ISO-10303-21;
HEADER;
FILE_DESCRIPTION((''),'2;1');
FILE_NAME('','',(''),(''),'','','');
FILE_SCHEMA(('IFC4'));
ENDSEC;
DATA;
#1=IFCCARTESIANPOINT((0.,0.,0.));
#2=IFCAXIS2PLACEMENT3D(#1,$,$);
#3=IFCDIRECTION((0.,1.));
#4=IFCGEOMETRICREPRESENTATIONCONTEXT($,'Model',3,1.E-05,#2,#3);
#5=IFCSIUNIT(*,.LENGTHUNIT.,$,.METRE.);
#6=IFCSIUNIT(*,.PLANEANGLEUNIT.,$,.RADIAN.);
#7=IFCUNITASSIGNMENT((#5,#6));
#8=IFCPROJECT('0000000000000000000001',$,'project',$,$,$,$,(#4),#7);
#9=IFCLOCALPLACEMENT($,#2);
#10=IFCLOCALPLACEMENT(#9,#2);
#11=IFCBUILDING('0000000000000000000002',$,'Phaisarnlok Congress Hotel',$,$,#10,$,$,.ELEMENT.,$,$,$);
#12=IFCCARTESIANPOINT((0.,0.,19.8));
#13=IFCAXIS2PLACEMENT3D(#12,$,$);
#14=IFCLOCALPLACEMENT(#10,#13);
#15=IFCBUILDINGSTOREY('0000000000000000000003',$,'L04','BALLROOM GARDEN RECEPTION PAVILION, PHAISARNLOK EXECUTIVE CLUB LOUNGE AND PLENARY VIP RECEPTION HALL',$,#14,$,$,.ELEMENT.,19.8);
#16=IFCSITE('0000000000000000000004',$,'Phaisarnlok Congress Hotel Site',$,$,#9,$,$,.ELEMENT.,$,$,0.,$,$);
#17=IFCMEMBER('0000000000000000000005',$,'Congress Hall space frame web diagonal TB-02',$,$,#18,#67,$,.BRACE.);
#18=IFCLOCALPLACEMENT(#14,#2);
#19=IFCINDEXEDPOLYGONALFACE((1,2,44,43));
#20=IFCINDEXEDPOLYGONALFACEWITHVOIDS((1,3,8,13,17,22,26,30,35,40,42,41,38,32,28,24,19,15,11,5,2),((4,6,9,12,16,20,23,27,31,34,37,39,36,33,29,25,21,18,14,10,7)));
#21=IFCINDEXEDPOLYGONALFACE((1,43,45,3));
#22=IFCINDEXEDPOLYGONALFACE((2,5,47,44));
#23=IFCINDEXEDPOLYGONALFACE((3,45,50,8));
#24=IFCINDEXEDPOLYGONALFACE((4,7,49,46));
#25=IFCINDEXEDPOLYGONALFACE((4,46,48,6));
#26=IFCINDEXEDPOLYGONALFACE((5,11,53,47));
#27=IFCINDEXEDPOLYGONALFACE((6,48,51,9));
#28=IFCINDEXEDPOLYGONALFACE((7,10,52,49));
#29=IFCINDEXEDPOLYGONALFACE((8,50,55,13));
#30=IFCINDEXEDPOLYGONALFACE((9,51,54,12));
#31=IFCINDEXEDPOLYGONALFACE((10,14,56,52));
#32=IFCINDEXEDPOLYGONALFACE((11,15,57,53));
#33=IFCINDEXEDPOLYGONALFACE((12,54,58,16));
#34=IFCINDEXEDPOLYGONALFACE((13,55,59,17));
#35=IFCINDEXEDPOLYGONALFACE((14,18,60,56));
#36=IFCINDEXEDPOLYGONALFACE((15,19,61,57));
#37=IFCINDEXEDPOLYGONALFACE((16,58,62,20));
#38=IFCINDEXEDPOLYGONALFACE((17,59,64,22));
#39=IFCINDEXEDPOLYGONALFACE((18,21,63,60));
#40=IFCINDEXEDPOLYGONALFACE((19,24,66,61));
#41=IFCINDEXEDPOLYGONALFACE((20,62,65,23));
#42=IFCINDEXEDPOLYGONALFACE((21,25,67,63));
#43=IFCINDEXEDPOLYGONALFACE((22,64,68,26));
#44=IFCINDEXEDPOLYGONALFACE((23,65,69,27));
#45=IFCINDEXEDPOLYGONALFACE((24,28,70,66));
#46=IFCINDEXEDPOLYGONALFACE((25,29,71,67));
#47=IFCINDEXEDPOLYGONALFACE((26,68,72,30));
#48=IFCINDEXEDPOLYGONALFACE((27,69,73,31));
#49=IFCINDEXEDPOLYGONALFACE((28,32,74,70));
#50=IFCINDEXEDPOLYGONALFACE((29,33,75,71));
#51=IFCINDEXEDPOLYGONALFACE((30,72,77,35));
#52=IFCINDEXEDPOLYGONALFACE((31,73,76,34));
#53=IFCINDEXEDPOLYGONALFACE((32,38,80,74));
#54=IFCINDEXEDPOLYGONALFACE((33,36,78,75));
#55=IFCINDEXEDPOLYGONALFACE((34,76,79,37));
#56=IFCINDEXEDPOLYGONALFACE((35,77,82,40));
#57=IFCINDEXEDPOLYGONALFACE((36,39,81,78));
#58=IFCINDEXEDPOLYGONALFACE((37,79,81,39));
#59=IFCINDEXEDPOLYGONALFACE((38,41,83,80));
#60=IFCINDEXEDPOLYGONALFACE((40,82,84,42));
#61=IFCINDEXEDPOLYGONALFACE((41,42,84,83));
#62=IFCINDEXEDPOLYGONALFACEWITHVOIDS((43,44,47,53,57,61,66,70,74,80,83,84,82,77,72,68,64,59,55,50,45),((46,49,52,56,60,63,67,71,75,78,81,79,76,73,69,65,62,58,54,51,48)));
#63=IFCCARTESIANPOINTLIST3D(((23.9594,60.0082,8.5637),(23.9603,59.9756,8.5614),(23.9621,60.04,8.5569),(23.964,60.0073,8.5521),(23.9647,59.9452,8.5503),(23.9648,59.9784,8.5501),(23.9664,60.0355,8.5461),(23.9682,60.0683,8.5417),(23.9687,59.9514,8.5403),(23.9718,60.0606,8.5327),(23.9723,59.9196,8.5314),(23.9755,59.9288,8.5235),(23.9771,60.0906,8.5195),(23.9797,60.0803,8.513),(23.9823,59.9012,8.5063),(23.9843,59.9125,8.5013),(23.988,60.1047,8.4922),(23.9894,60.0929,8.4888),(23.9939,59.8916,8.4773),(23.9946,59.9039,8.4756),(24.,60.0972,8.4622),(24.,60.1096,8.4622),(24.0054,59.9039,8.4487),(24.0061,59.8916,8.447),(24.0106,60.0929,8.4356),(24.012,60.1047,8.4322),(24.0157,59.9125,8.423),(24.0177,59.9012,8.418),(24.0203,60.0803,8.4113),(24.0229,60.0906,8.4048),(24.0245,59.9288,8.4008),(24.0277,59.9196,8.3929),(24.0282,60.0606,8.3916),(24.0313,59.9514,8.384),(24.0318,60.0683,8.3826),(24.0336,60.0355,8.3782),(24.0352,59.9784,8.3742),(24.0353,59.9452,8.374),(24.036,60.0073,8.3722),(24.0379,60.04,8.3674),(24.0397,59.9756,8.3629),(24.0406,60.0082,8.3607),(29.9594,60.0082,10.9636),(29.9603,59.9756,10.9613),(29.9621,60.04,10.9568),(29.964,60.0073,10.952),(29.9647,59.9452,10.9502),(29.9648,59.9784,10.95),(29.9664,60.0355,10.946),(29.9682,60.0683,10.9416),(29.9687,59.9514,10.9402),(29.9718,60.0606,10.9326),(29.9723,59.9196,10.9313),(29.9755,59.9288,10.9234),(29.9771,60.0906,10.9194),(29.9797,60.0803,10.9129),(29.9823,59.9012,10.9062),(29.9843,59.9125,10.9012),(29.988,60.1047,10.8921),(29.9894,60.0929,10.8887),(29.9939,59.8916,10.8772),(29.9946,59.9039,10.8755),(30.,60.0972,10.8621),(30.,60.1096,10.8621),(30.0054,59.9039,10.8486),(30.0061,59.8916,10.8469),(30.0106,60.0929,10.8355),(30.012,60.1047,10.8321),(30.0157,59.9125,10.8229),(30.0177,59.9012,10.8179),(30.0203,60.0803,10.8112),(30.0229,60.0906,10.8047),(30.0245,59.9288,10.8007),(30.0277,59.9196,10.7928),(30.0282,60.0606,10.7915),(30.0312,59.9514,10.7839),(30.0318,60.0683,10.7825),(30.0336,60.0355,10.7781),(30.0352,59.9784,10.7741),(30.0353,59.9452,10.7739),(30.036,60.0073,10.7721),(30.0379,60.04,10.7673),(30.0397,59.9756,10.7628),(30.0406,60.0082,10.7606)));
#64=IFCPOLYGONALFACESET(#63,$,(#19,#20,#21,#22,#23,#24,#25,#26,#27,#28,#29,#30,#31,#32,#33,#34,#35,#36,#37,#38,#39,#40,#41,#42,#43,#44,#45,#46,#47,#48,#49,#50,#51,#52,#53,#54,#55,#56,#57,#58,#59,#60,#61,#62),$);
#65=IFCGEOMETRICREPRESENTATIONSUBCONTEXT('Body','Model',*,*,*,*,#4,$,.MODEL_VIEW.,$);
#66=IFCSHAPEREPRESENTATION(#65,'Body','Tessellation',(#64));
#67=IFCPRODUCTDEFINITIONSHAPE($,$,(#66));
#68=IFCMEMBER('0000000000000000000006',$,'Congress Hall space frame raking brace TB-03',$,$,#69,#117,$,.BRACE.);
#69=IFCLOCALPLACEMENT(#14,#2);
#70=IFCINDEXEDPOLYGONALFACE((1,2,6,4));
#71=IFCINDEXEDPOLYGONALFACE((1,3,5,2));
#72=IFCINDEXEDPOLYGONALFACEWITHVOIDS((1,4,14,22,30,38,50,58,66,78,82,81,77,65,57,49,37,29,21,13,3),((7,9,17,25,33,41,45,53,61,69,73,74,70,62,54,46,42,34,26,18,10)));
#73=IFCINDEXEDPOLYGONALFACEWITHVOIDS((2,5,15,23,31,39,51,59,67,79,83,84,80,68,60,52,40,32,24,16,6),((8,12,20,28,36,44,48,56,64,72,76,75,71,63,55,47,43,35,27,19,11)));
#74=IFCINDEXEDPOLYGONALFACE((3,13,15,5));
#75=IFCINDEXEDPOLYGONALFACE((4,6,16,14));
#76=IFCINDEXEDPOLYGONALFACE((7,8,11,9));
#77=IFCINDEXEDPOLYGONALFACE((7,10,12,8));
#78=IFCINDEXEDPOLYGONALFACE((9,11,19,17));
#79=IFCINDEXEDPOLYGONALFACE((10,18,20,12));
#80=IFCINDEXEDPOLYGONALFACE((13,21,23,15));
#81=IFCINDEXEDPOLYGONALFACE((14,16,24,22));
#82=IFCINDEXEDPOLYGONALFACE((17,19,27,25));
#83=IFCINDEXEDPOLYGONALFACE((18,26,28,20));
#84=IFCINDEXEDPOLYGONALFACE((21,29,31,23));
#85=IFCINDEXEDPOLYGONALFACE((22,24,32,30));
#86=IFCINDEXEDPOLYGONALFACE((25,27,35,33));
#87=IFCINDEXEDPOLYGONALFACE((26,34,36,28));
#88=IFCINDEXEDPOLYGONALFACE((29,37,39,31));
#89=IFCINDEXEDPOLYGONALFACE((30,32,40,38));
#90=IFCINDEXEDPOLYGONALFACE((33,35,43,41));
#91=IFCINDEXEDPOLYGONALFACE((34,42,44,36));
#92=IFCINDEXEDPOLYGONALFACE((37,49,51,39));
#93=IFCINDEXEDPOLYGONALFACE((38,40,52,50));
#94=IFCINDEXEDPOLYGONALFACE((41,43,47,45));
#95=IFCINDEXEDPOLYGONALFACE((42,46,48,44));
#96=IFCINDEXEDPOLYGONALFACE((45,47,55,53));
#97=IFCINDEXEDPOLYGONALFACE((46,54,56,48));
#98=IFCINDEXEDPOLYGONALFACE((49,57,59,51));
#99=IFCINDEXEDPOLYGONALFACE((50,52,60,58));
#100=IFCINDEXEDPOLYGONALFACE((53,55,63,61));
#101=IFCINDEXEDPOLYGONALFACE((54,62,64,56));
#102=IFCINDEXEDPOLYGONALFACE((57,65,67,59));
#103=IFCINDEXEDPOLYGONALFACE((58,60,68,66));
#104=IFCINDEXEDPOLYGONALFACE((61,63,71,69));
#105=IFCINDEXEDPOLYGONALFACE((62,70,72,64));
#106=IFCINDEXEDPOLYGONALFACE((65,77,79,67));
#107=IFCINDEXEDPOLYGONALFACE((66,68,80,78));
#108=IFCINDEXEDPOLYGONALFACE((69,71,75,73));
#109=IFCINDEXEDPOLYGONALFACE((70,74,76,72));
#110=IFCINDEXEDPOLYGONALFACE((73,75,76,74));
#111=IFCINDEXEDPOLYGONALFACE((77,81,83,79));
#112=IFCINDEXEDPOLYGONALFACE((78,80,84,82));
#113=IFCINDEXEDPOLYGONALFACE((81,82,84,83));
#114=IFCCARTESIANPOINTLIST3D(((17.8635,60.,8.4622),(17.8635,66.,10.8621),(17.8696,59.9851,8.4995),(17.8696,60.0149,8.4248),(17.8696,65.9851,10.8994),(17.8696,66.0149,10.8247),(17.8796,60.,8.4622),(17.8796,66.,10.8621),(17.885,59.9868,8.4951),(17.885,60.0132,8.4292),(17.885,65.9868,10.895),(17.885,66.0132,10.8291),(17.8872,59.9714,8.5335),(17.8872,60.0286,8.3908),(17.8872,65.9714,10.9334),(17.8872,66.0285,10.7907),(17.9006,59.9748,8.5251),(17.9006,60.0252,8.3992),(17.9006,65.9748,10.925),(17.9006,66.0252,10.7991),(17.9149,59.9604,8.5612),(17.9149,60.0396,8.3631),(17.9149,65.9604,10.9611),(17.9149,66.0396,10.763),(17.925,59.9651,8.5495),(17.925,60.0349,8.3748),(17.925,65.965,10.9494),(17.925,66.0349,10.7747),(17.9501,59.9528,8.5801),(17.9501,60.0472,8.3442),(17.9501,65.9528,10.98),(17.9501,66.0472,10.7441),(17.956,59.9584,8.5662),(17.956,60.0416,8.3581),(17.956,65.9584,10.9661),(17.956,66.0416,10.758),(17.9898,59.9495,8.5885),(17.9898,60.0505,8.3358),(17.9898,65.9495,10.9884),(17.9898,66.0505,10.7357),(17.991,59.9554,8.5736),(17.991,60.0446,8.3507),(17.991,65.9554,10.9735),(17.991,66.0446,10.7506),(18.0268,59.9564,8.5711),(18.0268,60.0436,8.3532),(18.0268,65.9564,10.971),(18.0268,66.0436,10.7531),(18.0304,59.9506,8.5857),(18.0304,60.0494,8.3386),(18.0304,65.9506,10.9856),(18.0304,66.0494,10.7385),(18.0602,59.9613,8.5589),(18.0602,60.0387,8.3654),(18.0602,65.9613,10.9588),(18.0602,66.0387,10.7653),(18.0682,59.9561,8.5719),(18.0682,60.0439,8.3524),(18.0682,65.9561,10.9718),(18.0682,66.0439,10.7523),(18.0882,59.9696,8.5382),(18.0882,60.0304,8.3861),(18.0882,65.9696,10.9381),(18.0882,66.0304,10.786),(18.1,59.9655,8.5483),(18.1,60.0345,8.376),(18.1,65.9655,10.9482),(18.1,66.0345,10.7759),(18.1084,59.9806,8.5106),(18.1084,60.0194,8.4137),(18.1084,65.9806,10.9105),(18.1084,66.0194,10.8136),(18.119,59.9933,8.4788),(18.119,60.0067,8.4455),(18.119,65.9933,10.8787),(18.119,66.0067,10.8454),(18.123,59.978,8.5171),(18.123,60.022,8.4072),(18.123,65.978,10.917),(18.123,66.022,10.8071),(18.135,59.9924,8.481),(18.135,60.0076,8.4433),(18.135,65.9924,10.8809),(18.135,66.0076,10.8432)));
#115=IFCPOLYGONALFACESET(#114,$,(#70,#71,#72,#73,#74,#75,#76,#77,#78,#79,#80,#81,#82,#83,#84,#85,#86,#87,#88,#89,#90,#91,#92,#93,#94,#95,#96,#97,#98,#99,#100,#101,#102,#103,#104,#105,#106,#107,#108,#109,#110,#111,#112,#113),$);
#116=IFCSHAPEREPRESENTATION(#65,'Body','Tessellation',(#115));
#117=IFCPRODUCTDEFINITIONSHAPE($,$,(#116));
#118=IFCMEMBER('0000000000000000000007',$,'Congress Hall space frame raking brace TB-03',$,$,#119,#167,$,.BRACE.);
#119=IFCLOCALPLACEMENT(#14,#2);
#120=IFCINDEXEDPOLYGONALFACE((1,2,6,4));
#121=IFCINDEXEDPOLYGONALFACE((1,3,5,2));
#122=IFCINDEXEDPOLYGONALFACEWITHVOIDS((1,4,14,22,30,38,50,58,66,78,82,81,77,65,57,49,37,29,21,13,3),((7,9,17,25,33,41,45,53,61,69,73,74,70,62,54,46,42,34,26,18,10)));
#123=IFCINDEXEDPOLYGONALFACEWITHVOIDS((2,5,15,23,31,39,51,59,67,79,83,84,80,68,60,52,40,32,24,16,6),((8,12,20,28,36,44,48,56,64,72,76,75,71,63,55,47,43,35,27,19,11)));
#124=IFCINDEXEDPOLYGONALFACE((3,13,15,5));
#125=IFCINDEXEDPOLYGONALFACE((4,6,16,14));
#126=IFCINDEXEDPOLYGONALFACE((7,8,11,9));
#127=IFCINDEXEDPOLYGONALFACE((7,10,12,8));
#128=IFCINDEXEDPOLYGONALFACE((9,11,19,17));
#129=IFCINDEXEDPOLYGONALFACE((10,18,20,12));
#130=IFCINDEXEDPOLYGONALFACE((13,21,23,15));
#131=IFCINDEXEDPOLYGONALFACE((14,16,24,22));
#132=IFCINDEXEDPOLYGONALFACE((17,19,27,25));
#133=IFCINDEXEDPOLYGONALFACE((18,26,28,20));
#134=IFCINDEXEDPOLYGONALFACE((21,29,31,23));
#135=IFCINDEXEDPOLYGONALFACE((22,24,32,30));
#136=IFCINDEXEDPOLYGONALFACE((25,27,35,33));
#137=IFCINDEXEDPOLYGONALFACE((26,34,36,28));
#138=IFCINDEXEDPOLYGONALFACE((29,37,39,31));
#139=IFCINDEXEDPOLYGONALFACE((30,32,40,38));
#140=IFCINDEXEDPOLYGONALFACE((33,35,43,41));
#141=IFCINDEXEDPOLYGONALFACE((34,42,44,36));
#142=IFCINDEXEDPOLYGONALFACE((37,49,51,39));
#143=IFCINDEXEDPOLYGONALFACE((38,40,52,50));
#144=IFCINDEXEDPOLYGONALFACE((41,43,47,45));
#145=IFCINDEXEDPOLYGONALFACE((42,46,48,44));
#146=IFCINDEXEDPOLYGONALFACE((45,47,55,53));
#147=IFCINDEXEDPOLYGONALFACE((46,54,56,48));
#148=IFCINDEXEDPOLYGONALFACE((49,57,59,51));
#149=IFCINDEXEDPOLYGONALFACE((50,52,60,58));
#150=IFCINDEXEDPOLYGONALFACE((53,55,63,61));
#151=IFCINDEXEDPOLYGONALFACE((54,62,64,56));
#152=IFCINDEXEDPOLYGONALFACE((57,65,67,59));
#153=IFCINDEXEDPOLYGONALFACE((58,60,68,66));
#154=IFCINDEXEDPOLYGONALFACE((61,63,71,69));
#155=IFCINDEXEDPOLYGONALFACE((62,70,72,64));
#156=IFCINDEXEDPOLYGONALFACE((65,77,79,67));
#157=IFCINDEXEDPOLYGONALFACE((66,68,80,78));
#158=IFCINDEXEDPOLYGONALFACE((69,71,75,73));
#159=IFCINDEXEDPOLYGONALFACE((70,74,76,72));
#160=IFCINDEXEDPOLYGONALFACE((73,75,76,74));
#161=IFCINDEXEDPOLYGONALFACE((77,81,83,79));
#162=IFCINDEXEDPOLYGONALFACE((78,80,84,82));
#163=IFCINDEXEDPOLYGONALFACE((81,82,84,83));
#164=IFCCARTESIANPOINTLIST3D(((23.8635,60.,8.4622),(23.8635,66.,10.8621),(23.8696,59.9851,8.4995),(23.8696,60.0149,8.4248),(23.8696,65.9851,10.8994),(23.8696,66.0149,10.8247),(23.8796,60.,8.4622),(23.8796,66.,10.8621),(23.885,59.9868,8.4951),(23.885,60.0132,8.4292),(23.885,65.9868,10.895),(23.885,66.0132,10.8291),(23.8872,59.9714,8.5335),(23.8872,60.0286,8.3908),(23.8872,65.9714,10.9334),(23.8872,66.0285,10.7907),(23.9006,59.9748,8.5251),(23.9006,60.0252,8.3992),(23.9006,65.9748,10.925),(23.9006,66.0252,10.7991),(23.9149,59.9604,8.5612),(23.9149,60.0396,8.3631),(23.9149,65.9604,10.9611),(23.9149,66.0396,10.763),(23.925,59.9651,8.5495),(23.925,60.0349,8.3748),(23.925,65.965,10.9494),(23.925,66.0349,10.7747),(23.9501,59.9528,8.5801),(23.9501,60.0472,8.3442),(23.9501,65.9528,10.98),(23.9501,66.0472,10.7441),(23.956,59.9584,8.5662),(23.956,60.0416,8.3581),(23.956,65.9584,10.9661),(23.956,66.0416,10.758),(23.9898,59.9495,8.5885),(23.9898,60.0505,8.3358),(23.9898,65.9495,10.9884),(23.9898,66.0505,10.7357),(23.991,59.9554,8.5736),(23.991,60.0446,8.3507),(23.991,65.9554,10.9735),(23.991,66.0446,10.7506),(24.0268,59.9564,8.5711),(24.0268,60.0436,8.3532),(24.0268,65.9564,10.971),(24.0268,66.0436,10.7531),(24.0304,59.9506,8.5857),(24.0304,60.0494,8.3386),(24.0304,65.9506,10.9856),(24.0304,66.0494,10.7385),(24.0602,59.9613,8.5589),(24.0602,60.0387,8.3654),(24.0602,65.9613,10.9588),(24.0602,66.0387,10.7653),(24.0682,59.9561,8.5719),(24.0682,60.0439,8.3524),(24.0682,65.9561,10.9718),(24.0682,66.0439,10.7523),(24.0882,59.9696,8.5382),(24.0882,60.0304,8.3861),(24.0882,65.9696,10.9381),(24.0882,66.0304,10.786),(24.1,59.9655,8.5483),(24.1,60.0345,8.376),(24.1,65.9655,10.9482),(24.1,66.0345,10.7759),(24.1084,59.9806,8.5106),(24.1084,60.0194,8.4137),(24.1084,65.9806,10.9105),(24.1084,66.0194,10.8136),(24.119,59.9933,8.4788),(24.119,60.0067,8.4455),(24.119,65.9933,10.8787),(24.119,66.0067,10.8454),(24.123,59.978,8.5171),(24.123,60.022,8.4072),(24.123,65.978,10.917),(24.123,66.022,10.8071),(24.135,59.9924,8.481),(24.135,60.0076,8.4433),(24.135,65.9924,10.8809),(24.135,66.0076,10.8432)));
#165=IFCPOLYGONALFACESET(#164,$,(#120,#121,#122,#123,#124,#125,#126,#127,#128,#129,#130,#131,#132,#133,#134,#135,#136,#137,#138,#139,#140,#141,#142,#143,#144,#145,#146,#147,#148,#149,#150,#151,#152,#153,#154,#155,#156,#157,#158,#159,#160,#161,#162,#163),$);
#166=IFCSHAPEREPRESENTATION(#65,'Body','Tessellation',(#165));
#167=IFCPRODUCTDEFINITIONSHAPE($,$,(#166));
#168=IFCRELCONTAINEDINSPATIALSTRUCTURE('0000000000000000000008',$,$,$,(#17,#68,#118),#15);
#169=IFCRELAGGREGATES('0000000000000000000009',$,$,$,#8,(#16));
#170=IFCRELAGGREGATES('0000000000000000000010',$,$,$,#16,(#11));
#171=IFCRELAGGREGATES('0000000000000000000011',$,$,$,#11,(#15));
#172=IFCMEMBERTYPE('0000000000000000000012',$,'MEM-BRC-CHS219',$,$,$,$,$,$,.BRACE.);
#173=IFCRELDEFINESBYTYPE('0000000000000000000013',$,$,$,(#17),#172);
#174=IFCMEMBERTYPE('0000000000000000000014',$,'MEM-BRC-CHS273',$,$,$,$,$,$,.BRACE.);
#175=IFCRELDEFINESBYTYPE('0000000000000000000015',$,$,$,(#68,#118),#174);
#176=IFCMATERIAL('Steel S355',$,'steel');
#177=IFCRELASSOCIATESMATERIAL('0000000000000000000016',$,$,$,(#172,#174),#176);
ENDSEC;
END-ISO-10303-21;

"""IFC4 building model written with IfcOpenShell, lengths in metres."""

from ifc_helpers import new_model, si_unit, direction, frame, origin, origin_2d, place, context, subcontext, project, spatial, hollow_circle, extrude, material, material_profile, profile_set, type_object, element, save


model = new_model("IFC4")

# Units and contexts
model_context = context("Model", 3, precision=1e-05, world=origin(), true_north=direction((0.0, 1.0)))
body_context = subcontext(model_context, "Body", "Model", "MODEL_VIEW")
ifc_project = project(units=[si_unit("LENGTHUNIT", "METRE"), si_unit("PLANEANGLEUNIT", "RADIAN")], contexts=[model_context])

# Site, building, storey
site_placement = place(None, origin())
site = spatial("IfcSite", under=ifc_project, at=site_placement, Name="Phaisarnlok Congress Hotel Site", CompositionType="ELEMENT", RefElevation=0.0)
building_placement = place(site_placement, origin())
building = spatial("IfcBuilding", under=site, at=building_placement, Name="Phaisarnlok Congress Hotel", CompositionType="ELEMENT")
storey_placement = place(building_placement, frame((0.0, 0.0, 19.8)))
storey = spatial("IfcBuildingStorey", under=building, at=storey_placement, Name="L04", Description="BALLROOM GARDEN RECEPTION PAVILION, PHAISARNLOK EXECUTIVE CLUB LOUNGE AND PLENARY VIP RECEPTION HALL", CompositionType="ELEMENT", Elevation=19.8)

# Members
ifc_material = material(Name="Steel S355", Category="steel")
ifc_material_profile_1 = material_profile(ifc_material, hollow_circle(Radius=0.1096, WallThickness=0.0125, at=origin_2d()), Name="CHS 219.1x12.5")
ifc_profile_set_1 = profile_set([ifc_material_profile_1], Name="Steel S355")
member_type_1 = type_object("IfcMemberType", Name="MEM-BRC-CHS219", PredefinedType="BRACE", material=ifc_profile_set_1)
member_1_placement = place(storey_placement, frame((24.0, 60.0, 8.4622), z_axis=(0.928482, 0.0, 0.371378), x_axis=(0.0, 1.0, 0.0)))
element("IfcMember", 1, at=member_1_placement, inside=storey, type_object=member_type_1, Name="Congress Hall space frame web diagonal TB-02", PredefinedType="BRACE", context=body_context, shape_type="SweptSolid", body=[
    extrude(hollow_circle(Radius=0.1096, WallThickness=0.0125, at=origin_2d()), origin(), (0.0, 0.0, 1.0), 6.4622),
])
ifc_material_profile_2 = material_profile(ifc_material, hollow_circle(Radius=0.1365, WallThickness=0.0161, at=origin_2d()), Name="CHS 273x16")
ifc_profile_set_2 = profile_set([ifc_material_profile_2], Name="Steel S355")
member_type_2 = type_object("IfcMemberType", Name="MEM-BRC-CHS273", PredefinedType="BRACE", material=ifc_profile_set_2)
for number, where, z_axis, x_axis, name in (
    (2, (18.0, 60.0, 8.4622), (0.0, 0.928482, 0.371378), (-1.0, 0.0, 0.0), "Congress Hall space frame raking brace TB-03"),
    (3, (24.0, 60.0, 8.4622), (0.0, 0.928482, 0.371378), (-1.0, 0.0, 0.0), "Congress Hall space frame raking brace TB-03"),
):
    element("IfcMember", number, at=place(storey_placement, frame(where, z_axis=z_axis, x_axis=x_axis)), inside=storey, type_object=member_type_2, Name=name, PredefinedType="BRACE", context=body_context, shape_type="SweptSolid", body=[
        extrude(hollow_circle(Radius=0.1365, WallThickness=0.0161, at=origin_2d()), origin(), (0.0, 0.0, 1.0), 6.4622),
    ])

save(model, "model.ifc")
